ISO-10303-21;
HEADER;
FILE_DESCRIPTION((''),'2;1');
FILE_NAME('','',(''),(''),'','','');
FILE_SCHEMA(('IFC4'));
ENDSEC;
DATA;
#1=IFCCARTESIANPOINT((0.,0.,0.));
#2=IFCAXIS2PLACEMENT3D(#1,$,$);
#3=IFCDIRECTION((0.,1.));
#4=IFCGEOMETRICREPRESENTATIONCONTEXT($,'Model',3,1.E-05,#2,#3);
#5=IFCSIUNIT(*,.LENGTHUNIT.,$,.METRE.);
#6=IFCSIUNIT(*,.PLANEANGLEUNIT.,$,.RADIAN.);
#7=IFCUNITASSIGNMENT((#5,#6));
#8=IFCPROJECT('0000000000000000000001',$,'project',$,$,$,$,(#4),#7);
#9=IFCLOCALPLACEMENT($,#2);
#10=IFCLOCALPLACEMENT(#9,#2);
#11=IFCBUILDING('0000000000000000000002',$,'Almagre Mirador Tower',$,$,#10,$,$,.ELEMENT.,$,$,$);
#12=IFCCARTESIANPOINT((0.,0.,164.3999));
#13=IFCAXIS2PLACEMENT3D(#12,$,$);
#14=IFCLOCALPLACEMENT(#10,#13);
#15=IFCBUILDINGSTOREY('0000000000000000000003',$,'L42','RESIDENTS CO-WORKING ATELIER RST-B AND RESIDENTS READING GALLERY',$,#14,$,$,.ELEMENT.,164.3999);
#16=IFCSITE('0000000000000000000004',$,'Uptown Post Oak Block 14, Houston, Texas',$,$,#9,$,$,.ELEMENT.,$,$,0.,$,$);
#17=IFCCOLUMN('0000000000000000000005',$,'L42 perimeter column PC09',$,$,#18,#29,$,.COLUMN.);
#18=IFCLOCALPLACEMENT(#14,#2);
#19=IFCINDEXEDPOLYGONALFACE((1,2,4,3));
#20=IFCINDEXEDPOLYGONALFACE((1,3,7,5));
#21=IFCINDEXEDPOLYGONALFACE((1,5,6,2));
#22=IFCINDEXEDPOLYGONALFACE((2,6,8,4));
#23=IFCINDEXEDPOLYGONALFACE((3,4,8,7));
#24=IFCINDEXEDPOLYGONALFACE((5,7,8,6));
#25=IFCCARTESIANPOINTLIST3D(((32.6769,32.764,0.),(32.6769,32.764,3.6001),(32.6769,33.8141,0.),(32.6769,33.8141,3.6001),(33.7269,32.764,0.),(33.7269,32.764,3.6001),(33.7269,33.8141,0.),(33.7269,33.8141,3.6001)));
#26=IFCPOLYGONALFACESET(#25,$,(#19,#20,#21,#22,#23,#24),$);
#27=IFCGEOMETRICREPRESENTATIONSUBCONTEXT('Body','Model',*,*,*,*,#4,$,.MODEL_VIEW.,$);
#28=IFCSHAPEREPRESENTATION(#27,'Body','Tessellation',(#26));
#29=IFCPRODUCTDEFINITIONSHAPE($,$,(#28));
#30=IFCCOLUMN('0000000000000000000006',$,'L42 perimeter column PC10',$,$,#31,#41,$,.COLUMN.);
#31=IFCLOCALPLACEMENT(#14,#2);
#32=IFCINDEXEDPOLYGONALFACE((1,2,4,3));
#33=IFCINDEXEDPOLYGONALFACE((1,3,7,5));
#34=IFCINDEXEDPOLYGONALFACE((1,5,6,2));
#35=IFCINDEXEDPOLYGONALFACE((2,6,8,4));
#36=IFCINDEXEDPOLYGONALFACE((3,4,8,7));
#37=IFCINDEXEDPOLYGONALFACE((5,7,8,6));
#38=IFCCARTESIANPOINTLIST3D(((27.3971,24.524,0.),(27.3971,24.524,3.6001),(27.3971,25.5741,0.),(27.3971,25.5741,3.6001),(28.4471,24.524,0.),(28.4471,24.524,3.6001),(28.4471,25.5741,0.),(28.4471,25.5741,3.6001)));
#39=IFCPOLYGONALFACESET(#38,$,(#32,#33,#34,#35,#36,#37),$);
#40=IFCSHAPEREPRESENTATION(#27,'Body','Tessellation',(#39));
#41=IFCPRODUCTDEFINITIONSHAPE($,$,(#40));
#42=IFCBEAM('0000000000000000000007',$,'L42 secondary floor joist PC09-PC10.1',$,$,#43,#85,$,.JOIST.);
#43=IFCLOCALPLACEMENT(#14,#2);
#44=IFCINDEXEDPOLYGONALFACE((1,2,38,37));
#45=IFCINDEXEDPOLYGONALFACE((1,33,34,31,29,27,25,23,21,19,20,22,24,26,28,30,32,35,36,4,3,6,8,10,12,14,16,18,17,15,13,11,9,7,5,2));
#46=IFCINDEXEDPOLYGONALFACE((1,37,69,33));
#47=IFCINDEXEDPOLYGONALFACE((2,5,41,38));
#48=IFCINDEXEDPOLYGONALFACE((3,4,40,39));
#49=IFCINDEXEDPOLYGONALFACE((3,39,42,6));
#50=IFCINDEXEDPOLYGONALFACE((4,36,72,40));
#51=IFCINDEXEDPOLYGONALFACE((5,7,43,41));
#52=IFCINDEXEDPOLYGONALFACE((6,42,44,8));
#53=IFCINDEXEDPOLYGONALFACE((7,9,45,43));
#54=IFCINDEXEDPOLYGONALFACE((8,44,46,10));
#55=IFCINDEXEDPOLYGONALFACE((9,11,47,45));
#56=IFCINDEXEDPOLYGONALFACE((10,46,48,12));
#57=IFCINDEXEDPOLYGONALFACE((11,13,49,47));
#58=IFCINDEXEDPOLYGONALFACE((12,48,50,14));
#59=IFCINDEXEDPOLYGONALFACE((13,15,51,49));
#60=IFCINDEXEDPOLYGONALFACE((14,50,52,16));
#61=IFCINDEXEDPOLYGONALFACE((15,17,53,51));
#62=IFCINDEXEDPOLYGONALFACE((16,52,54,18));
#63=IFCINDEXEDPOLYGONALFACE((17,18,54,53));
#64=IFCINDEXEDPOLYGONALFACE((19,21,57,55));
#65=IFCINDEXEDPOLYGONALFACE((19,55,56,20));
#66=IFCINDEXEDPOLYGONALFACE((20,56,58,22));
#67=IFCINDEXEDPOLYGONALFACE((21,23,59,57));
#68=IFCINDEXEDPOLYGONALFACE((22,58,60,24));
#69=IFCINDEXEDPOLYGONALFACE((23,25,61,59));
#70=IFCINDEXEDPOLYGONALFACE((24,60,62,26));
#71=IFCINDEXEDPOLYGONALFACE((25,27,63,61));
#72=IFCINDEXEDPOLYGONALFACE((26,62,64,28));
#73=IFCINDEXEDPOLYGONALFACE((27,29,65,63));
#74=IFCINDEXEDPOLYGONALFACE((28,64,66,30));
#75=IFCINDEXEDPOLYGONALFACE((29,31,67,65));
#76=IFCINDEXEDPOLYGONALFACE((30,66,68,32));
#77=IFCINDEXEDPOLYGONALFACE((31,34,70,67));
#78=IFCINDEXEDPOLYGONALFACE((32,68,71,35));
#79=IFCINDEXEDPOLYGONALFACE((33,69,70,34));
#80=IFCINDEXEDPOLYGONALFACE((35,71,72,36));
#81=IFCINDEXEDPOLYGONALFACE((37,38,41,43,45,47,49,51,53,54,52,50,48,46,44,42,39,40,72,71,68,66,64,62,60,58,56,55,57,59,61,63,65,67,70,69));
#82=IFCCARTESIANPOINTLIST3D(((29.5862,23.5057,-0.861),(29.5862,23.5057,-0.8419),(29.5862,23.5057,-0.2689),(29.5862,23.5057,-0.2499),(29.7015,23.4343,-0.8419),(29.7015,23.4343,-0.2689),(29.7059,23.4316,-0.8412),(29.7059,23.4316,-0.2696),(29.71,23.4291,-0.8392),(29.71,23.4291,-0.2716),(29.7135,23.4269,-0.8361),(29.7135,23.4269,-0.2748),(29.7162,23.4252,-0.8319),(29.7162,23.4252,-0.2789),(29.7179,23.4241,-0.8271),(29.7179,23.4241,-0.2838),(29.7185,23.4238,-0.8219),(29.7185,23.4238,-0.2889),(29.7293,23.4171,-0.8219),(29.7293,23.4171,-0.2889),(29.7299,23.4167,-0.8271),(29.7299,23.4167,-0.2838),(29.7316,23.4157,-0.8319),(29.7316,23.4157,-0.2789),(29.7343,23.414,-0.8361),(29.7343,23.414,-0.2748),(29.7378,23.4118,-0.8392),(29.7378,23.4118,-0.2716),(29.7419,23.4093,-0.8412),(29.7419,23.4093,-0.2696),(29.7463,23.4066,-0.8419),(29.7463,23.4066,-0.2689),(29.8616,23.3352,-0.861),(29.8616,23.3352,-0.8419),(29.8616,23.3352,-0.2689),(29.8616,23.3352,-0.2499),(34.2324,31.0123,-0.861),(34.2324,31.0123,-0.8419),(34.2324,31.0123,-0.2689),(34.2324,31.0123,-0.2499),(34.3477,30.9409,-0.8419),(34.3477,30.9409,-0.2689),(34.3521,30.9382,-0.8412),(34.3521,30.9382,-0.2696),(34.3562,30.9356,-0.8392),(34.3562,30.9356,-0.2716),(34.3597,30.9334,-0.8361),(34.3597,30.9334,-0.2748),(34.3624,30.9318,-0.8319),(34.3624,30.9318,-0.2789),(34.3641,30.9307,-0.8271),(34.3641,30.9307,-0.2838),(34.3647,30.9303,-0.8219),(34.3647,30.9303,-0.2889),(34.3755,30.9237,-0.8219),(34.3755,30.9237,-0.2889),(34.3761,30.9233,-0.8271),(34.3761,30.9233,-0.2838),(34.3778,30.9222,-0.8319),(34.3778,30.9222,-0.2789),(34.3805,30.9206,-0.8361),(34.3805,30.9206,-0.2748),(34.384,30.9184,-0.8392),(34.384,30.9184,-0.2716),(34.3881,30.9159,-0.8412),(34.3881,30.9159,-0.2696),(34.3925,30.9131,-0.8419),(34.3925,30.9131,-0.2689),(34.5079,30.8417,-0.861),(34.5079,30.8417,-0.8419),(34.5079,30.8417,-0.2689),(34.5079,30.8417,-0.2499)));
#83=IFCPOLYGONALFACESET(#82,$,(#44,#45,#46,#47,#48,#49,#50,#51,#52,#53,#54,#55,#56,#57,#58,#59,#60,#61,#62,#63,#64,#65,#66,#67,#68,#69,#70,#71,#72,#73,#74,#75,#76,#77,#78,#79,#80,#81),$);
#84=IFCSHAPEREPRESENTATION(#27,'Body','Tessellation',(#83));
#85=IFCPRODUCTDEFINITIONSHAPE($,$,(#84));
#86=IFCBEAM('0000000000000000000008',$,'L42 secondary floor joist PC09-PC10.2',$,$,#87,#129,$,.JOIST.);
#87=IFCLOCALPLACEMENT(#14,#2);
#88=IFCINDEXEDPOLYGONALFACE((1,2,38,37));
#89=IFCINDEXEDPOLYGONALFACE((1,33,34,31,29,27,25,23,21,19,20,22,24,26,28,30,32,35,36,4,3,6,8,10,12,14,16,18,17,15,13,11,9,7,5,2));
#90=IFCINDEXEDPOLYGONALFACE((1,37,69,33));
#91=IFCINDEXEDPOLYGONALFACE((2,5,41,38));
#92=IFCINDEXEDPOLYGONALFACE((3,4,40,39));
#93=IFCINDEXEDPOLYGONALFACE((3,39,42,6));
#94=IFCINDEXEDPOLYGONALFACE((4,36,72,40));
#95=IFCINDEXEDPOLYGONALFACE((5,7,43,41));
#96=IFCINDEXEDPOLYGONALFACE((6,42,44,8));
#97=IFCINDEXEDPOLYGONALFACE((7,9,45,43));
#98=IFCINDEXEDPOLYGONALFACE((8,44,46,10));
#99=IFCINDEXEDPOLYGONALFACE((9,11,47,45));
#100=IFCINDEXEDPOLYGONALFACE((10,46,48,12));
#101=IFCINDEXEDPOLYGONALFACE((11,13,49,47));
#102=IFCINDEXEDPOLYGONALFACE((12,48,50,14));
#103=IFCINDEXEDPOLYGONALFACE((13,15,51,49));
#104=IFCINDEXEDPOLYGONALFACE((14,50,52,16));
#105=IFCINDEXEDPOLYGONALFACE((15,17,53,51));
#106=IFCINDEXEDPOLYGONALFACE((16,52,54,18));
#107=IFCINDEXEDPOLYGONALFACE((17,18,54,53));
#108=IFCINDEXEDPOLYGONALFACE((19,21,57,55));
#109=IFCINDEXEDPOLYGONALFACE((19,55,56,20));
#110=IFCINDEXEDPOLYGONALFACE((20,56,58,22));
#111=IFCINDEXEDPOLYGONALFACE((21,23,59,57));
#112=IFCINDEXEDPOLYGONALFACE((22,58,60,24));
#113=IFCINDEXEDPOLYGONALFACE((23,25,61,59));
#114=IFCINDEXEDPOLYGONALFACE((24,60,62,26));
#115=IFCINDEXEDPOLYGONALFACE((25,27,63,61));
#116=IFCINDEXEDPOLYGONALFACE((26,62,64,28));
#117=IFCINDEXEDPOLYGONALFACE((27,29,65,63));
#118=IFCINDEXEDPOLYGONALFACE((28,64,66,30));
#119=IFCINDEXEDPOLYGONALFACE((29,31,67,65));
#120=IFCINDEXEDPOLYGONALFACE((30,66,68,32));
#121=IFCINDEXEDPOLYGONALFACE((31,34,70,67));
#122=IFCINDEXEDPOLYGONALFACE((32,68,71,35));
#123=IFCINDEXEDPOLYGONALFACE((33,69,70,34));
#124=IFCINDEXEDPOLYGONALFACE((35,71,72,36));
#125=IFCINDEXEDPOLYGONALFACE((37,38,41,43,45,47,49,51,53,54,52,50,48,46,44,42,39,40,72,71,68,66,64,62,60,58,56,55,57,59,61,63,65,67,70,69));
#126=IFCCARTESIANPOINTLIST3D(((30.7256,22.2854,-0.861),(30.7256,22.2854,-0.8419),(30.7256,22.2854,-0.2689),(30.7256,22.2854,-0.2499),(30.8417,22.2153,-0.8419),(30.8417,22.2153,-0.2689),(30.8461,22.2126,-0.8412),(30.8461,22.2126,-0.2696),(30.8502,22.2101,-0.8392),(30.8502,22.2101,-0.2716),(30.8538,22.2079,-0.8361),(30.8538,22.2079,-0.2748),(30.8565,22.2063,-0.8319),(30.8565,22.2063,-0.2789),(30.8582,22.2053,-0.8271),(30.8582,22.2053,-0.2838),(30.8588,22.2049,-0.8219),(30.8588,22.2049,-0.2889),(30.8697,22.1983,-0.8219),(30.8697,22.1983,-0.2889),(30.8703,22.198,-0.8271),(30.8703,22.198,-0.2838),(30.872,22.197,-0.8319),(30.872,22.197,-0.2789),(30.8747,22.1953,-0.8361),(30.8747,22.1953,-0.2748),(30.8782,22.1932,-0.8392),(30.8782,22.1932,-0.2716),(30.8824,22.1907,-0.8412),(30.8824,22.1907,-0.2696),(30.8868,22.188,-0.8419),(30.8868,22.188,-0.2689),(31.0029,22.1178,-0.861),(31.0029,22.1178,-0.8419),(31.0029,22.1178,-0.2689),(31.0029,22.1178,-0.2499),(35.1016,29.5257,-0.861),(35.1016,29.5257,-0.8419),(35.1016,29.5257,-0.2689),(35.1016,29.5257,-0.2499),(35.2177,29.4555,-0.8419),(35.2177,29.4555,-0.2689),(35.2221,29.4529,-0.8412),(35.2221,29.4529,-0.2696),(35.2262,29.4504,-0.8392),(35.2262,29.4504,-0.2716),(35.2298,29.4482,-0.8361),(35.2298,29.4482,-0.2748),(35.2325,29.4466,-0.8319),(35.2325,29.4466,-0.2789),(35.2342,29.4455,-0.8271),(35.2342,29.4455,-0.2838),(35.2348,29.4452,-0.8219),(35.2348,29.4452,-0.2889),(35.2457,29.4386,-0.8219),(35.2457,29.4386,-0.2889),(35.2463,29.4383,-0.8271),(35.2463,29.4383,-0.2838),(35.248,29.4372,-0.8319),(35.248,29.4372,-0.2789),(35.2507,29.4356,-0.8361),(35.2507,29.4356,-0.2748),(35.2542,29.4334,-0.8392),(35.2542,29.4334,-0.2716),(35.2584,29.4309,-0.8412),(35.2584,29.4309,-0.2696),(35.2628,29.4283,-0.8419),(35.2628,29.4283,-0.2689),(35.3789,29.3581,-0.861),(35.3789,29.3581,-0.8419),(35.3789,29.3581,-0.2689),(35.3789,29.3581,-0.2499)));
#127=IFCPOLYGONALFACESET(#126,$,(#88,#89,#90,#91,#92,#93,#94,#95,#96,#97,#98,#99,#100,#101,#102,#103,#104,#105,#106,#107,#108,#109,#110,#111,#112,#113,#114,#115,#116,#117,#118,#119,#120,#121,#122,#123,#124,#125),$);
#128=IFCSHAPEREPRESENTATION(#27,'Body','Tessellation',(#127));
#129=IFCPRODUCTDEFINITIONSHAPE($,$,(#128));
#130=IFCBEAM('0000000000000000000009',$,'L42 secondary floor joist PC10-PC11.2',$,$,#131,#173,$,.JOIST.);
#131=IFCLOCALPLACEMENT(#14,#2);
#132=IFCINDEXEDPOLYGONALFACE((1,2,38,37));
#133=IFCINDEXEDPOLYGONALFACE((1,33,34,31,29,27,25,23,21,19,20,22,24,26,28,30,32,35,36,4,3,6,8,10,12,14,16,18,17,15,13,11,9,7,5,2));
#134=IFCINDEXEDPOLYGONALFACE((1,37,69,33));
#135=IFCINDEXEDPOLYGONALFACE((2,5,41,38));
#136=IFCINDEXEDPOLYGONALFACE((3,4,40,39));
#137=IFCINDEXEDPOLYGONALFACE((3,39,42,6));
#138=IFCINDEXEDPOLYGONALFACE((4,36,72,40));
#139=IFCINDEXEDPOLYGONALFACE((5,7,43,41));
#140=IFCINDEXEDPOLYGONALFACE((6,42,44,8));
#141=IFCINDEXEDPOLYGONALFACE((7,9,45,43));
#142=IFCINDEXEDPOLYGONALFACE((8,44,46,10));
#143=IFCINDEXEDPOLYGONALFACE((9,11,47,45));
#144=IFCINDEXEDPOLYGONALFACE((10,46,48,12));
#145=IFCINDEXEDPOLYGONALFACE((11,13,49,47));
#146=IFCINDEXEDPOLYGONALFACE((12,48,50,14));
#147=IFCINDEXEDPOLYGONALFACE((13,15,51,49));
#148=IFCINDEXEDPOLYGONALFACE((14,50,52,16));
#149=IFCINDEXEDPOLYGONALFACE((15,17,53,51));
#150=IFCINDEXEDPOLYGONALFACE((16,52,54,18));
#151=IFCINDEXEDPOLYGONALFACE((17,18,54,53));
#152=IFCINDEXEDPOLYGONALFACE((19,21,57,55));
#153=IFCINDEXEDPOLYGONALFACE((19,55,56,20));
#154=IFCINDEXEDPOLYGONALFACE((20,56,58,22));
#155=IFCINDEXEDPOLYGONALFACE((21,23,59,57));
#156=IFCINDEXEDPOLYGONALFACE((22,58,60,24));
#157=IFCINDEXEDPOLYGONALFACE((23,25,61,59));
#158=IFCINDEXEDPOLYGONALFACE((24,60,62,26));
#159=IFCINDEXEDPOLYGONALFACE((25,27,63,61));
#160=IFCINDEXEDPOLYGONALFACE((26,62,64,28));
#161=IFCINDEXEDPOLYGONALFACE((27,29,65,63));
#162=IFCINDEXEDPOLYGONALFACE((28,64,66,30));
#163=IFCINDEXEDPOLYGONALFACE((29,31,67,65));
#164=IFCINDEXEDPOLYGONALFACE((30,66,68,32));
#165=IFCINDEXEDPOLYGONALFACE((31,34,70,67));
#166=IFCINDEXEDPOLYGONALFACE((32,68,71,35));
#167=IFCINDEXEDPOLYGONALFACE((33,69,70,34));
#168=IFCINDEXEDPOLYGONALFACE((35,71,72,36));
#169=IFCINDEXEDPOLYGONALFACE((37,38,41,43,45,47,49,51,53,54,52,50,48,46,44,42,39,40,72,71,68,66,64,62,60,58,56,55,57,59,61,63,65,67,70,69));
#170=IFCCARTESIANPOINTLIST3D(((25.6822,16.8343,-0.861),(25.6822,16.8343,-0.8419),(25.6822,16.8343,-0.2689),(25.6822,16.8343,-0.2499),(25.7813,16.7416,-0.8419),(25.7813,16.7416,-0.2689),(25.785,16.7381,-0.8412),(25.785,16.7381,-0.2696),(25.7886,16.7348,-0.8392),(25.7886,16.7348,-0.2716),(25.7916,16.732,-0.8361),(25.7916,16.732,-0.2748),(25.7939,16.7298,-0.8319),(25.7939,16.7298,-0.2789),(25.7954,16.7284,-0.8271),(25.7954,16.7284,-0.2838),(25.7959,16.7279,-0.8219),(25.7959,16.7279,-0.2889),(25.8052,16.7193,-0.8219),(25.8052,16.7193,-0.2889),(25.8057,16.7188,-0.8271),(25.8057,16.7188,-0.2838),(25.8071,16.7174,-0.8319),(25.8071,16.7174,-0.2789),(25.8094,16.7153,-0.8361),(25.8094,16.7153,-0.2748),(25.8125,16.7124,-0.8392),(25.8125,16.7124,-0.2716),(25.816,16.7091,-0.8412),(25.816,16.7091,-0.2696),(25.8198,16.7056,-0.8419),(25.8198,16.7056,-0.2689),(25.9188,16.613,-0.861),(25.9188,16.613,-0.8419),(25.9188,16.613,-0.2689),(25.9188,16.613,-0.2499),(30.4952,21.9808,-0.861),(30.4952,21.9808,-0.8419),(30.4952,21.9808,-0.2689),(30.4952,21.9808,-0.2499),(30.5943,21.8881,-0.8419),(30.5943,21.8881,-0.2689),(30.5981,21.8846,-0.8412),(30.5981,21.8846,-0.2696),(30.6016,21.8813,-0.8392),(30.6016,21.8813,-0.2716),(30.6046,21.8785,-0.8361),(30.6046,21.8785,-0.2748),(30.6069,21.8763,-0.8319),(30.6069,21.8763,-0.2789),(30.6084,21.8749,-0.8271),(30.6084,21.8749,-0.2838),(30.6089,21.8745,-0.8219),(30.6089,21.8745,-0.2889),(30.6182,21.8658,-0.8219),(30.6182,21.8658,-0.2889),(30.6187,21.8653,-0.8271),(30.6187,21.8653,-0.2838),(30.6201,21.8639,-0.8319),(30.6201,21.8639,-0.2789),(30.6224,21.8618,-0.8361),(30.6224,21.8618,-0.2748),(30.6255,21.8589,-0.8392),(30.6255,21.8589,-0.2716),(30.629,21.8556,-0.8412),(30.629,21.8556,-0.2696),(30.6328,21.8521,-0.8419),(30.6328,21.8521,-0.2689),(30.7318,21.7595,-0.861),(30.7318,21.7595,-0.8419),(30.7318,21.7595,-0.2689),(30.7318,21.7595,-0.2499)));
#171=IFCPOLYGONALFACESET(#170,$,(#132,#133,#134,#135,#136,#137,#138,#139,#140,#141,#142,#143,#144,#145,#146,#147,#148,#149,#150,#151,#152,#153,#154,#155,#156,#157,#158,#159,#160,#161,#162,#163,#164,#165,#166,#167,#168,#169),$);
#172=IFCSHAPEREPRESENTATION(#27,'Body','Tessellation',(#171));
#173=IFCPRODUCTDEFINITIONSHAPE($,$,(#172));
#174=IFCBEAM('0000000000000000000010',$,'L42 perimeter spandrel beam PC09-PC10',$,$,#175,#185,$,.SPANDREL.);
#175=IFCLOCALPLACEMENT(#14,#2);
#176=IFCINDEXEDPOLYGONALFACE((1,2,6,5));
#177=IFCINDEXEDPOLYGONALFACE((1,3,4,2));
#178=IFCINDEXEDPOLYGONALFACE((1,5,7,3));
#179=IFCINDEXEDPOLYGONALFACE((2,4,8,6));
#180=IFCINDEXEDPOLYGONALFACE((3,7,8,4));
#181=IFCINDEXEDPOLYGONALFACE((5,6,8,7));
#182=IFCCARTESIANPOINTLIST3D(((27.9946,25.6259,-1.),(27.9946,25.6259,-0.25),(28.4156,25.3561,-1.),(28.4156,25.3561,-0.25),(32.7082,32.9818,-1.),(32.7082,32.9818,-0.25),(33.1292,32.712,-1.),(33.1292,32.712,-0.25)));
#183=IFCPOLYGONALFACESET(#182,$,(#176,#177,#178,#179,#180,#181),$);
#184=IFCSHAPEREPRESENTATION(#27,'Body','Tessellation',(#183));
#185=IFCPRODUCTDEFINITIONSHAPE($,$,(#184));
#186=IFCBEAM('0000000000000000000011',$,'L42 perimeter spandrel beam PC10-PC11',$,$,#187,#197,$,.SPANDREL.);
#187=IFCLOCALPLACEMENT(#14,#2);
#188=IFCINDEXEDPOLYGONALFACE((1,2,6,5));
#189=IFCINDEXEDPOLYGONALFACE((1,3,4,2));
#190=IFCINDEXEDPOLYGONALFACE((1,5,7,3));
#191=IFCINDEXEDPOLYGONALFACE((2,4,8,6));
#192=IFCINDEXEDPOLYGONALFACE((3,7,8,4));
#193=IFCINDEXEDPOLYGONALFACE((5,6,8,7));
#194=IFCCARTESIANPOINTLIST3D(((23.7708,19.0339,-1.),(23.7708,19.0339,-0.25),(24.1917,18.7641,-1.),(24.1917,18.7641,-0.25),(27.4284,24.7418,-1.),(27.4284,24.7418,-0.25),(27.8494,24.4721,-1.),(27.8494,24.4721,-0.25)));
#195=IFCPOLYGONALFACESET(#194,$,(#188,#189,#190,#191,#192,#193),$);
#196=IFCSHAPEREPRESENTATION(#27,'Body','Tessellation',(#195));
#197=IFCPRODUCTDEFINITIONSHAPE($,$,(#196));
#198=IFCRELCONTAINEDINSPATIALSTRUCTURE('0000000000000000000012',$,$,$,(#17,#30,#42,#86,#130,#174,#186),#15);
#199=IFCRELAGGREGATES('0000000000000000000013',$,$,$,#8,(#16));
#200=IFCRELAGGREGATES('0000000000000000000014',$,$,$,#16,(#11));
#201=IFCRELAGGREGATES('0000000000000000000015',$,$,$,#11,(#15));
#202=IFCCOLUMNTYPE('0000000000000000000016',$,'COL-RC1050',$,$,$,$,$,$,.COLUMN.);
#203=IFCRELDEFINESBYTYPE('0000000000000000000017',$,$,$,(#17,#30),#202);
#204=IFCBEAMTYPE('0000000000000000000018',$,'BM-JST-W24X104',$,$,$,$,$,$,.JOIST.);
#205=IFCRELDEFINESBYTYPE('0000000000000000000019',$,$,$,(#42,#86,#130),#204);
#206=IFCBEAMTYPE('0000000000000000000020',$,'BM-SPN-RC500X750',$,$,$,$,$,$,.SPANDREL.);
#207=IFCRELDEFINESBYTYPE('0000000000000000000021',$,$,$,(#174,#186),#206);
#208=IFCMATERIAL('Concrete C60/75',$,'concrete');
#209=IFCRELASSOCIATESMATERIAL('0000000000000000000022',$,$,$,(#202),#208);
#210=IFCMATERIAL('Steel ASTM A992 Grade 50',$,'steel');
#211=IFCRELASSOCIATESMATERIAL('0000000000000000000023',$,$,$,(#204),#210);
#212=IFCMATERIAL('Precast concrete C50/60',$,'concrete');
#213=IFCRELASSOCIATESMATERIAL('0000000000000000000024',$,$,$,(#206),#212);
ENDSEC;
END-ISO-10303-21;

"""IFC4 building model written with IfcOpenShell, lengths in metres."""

from ifc_helpers import new_model, si_unit, direction, frame, origin, origin_2d, place, context, subcontext, project, spatial, rectangle, i_section, extrude, material, material_profile, profile_set, type_object, element, save


model = new_model("IFC4")

# Units and contexts
model_context = context("Model", 3, precision=1e-05, world=origin(), true_north=direction((0.0, 1.0)))
body_context = subcontext(model_context, "Body", "Model", "MODEL_VIEW")
ifc_project = project(units=[si_unit("LENGTHUNIT", "METRE"), si_unit("PLANEANGLEUNIT", "RADIAN")], contexts=[model_context])

# Site, building, storey
site_placement = place(None, origin())
site = spatial("IfcSite", under=ifc_project, at=site_placement, Name="Uptown Post Oak Block 14, Houston, Texas", CompositionType="ELEMENT", RefElevation=0.0)
building_placement = place(site_placement, origin())
building = spatial("IfcBuilding", under=site, at=building_placement, Name="Almagre Mirador Tower", CompositionType="ELEMENT")
storey_placement = place(building_placement, frame((0.0, 0.0, 164.3999)))
storey = spatial("IfcBuildingStorey", under=building, at=storey_placement, Name="L42", Description="RESIDENTS CO-WORKING ATELIER RST-B AND RESIDENTS READING GALLERY", CompositionType="ELEMENT", Elevation=164.3999)

# Columns
ifc_material_1 = material(Name="Concrete C60/75", Category="concrete")
ifc_material_profile_1 = material_profile(ifc_material_1, rectangle(XDim=1.05, YDim=1.05, at=origin_2d()), Name="RC1050X1050")
ifc_profile_set_1 = profile_set([ifc_material_profile_1], Name="Concrete C60/75")
column_type = type_object("IfcColumnType", Name="COL-RC1050", PredefinedType="COLUMN", material=ifc_profile_set_1)
for number, where, z_axis, x_axis, name in (
    (1, (33.2019, 33.2891, 0.0), (0.0, 0.0, 1.0), (1.0, 0.0, 0.0), "L42 perimeter column PC09"),
    (2, (27.9221, 25.0491, 0.0), (0.0, 0.0, 1.0), (1.0, 0.0, 0.0), "L42 perimeter column PC10"),
):
    element("IfcColumn", number, at=place(storey_placement, frame(where, z_axis=z_axis, x_axis=x_axis)), inside=storey, type_object=column_type, Name=name, PredefinedType="COLUMN", context=body_context, shape_type="SweptSolid", body=[
        extrude(rectangle(XDim=1.05, YDim=1.05, at=origin_2d()), origin(), (0.0, 0.0, 1.0), 3.6001),
    ])

# Beams
ifc_material_2 = material(Name="Steel ASTM A992 Grade 50", Category="steel")
ifc_material_profile_2 = material_profile(ifc_material_2, i_section(OverallWidth=0.324, OverallDepth=0.6111, WebThickness=0.0127, FlangeThickness=0.019, FilletRadius=0.02, at=origin_2d()), Name="W24X104")
ifc_profile_set_2 = profile_set([ifc_material_profile_2], Name="Steel ASTM A992 Grade 50")
beam_type_1 = type_object("IfcBeamType", Name="BM-JST-W24X104", PredefinedType="JOIST", material=ifc_profile_set_2)
beam_1_placement = place(storey_placement, frame((34.3701, 30.927, -0.5554), z_axis=(-0.526297, -0.850301, 0.0), x_axis=(0.850301, -0.526297, 0.0)))
element("IfcBeam", 3, at=beam_1_placement, inside=storey, type_object=beam_type_1, Name="L42 secondary floor joist PC09-PC10.1", PredefinedType="JOIST", context=body_context, shape_type="SweptSolid", body=[
    extrude(i_section(OverallWidth=0.324, OverallDepth=0.6111, WebThickness=0.0127, FlangeThickness=0.019, FilletRadius=0.02, at=origin_2d()), origin(), (0.0, 0.0, 1.0), 8.8281),
])
beam_2_placement = place(storey_placement, frame((35.2402, 29.4419, -0.5554), z_axis=(-0.51726, -0.855828, 0.0), x_axis=(0.855828, -0.51726, 0.0)))
element("IfcBeam", 4, at=beam_2_placement, inside=storey, type_object=beam_type_1, Name="L42 secondary floor joist PC09-PC10.2", PredefinedType="JOIST", context=body_context, shape_type="SweptSolid", body=[
    extrude(i_section(OverallWidth=0.324, OverallDepth=0.6111, WebThickness=0.0127, FlangeThickness=0.019, FilletRadius=0.02, at=origin_2d()), origin(), (0.0, 0.0, 1.0), 8.46),
])
beam_3_placement = place(storey_placement, frame((30.6135, 21.8701, -0.5554), z_axis=(-0.683046, -0.730375, 0.0), x_axis=(0.730375, -0.683046, 0.0)))
element("IfcBeam", 5, at=beam_3_placement, inside=storey, type_object=beam_type_1, Name="L42 secondary floor joist PC10-PC11.2", PredefinedType="JOIST", context=body_context, shape_type="SweptSolid", body=[
    extrude(i_section(OverallWidth=0.324, OverallDepth=0.6111, WebThickness=0.0127, FlangeThickness=0.019, FilletRadius=0.02, at=origin_2d()), origin(), (0.0, 0.0, 1.0), 7.0464),
])
ifc_material_3 = material(Name="Precast concrete C50/60", Category="concrete")
ifc_material_profile_3 = material_profile(ifc_material_3, rectangle(XDim=0.5, YDim=0.75, at=origin_2d()), Name="RC500X750")
ifc_profile_set_3 = profile_set([ifc_material_profile_3], Name="Precast concrete C50/60")
beam_type_2 = type_object("IfcBeamType", Name="BM-SPN-RC500X750", PredefinedType="SPANDREL", material=ifc_profile_set_3)
beam_4_placement = place(storey_placement, frame((32.9187, 32.8469, -0.625), z_axis=(-0.539525, -0.841969, 0.0), x_axis=(0.841969, -0.539525, 0.0)))
element("IfcBeam", 6, at=beam_4_placement, inside=storey, type_object=beam_type_2, Name="L42 perimeter spandrel beam PC09-PC10", PredefinedType="SPANDREL", context=body_context, shape_type="SweptSolid", body=[
    extrude(rectangle(XDim=0.5, YDim=0.75, at=origin_2d()), origin(), (0.0, 0.0, 1.0), 8.7366),
])
beam_5_placement = place(storey_placement, frame((27.6389, 24.6069, -0.625), z_axis=(-0.539534, -0.841964, 0.0), x_axis=(0.841964, -0.539534, 0.0)))
element("IfcBeam", 7, at=beam_5_placement, inside=storey, type_object=beam_type_2, Name="L42 perimeter spandrel beam PC10-PC11", PredefinedType="SPANDREL", context=body_context, shape_type="SweptSolid", body=[
    extrude(rectangle(XDim=0.5, YDim=0.75, at=origin_2d()), origin(), (0.0, 0.0, 1.0), 6.7793),
])

save(model, "model.ifc")
